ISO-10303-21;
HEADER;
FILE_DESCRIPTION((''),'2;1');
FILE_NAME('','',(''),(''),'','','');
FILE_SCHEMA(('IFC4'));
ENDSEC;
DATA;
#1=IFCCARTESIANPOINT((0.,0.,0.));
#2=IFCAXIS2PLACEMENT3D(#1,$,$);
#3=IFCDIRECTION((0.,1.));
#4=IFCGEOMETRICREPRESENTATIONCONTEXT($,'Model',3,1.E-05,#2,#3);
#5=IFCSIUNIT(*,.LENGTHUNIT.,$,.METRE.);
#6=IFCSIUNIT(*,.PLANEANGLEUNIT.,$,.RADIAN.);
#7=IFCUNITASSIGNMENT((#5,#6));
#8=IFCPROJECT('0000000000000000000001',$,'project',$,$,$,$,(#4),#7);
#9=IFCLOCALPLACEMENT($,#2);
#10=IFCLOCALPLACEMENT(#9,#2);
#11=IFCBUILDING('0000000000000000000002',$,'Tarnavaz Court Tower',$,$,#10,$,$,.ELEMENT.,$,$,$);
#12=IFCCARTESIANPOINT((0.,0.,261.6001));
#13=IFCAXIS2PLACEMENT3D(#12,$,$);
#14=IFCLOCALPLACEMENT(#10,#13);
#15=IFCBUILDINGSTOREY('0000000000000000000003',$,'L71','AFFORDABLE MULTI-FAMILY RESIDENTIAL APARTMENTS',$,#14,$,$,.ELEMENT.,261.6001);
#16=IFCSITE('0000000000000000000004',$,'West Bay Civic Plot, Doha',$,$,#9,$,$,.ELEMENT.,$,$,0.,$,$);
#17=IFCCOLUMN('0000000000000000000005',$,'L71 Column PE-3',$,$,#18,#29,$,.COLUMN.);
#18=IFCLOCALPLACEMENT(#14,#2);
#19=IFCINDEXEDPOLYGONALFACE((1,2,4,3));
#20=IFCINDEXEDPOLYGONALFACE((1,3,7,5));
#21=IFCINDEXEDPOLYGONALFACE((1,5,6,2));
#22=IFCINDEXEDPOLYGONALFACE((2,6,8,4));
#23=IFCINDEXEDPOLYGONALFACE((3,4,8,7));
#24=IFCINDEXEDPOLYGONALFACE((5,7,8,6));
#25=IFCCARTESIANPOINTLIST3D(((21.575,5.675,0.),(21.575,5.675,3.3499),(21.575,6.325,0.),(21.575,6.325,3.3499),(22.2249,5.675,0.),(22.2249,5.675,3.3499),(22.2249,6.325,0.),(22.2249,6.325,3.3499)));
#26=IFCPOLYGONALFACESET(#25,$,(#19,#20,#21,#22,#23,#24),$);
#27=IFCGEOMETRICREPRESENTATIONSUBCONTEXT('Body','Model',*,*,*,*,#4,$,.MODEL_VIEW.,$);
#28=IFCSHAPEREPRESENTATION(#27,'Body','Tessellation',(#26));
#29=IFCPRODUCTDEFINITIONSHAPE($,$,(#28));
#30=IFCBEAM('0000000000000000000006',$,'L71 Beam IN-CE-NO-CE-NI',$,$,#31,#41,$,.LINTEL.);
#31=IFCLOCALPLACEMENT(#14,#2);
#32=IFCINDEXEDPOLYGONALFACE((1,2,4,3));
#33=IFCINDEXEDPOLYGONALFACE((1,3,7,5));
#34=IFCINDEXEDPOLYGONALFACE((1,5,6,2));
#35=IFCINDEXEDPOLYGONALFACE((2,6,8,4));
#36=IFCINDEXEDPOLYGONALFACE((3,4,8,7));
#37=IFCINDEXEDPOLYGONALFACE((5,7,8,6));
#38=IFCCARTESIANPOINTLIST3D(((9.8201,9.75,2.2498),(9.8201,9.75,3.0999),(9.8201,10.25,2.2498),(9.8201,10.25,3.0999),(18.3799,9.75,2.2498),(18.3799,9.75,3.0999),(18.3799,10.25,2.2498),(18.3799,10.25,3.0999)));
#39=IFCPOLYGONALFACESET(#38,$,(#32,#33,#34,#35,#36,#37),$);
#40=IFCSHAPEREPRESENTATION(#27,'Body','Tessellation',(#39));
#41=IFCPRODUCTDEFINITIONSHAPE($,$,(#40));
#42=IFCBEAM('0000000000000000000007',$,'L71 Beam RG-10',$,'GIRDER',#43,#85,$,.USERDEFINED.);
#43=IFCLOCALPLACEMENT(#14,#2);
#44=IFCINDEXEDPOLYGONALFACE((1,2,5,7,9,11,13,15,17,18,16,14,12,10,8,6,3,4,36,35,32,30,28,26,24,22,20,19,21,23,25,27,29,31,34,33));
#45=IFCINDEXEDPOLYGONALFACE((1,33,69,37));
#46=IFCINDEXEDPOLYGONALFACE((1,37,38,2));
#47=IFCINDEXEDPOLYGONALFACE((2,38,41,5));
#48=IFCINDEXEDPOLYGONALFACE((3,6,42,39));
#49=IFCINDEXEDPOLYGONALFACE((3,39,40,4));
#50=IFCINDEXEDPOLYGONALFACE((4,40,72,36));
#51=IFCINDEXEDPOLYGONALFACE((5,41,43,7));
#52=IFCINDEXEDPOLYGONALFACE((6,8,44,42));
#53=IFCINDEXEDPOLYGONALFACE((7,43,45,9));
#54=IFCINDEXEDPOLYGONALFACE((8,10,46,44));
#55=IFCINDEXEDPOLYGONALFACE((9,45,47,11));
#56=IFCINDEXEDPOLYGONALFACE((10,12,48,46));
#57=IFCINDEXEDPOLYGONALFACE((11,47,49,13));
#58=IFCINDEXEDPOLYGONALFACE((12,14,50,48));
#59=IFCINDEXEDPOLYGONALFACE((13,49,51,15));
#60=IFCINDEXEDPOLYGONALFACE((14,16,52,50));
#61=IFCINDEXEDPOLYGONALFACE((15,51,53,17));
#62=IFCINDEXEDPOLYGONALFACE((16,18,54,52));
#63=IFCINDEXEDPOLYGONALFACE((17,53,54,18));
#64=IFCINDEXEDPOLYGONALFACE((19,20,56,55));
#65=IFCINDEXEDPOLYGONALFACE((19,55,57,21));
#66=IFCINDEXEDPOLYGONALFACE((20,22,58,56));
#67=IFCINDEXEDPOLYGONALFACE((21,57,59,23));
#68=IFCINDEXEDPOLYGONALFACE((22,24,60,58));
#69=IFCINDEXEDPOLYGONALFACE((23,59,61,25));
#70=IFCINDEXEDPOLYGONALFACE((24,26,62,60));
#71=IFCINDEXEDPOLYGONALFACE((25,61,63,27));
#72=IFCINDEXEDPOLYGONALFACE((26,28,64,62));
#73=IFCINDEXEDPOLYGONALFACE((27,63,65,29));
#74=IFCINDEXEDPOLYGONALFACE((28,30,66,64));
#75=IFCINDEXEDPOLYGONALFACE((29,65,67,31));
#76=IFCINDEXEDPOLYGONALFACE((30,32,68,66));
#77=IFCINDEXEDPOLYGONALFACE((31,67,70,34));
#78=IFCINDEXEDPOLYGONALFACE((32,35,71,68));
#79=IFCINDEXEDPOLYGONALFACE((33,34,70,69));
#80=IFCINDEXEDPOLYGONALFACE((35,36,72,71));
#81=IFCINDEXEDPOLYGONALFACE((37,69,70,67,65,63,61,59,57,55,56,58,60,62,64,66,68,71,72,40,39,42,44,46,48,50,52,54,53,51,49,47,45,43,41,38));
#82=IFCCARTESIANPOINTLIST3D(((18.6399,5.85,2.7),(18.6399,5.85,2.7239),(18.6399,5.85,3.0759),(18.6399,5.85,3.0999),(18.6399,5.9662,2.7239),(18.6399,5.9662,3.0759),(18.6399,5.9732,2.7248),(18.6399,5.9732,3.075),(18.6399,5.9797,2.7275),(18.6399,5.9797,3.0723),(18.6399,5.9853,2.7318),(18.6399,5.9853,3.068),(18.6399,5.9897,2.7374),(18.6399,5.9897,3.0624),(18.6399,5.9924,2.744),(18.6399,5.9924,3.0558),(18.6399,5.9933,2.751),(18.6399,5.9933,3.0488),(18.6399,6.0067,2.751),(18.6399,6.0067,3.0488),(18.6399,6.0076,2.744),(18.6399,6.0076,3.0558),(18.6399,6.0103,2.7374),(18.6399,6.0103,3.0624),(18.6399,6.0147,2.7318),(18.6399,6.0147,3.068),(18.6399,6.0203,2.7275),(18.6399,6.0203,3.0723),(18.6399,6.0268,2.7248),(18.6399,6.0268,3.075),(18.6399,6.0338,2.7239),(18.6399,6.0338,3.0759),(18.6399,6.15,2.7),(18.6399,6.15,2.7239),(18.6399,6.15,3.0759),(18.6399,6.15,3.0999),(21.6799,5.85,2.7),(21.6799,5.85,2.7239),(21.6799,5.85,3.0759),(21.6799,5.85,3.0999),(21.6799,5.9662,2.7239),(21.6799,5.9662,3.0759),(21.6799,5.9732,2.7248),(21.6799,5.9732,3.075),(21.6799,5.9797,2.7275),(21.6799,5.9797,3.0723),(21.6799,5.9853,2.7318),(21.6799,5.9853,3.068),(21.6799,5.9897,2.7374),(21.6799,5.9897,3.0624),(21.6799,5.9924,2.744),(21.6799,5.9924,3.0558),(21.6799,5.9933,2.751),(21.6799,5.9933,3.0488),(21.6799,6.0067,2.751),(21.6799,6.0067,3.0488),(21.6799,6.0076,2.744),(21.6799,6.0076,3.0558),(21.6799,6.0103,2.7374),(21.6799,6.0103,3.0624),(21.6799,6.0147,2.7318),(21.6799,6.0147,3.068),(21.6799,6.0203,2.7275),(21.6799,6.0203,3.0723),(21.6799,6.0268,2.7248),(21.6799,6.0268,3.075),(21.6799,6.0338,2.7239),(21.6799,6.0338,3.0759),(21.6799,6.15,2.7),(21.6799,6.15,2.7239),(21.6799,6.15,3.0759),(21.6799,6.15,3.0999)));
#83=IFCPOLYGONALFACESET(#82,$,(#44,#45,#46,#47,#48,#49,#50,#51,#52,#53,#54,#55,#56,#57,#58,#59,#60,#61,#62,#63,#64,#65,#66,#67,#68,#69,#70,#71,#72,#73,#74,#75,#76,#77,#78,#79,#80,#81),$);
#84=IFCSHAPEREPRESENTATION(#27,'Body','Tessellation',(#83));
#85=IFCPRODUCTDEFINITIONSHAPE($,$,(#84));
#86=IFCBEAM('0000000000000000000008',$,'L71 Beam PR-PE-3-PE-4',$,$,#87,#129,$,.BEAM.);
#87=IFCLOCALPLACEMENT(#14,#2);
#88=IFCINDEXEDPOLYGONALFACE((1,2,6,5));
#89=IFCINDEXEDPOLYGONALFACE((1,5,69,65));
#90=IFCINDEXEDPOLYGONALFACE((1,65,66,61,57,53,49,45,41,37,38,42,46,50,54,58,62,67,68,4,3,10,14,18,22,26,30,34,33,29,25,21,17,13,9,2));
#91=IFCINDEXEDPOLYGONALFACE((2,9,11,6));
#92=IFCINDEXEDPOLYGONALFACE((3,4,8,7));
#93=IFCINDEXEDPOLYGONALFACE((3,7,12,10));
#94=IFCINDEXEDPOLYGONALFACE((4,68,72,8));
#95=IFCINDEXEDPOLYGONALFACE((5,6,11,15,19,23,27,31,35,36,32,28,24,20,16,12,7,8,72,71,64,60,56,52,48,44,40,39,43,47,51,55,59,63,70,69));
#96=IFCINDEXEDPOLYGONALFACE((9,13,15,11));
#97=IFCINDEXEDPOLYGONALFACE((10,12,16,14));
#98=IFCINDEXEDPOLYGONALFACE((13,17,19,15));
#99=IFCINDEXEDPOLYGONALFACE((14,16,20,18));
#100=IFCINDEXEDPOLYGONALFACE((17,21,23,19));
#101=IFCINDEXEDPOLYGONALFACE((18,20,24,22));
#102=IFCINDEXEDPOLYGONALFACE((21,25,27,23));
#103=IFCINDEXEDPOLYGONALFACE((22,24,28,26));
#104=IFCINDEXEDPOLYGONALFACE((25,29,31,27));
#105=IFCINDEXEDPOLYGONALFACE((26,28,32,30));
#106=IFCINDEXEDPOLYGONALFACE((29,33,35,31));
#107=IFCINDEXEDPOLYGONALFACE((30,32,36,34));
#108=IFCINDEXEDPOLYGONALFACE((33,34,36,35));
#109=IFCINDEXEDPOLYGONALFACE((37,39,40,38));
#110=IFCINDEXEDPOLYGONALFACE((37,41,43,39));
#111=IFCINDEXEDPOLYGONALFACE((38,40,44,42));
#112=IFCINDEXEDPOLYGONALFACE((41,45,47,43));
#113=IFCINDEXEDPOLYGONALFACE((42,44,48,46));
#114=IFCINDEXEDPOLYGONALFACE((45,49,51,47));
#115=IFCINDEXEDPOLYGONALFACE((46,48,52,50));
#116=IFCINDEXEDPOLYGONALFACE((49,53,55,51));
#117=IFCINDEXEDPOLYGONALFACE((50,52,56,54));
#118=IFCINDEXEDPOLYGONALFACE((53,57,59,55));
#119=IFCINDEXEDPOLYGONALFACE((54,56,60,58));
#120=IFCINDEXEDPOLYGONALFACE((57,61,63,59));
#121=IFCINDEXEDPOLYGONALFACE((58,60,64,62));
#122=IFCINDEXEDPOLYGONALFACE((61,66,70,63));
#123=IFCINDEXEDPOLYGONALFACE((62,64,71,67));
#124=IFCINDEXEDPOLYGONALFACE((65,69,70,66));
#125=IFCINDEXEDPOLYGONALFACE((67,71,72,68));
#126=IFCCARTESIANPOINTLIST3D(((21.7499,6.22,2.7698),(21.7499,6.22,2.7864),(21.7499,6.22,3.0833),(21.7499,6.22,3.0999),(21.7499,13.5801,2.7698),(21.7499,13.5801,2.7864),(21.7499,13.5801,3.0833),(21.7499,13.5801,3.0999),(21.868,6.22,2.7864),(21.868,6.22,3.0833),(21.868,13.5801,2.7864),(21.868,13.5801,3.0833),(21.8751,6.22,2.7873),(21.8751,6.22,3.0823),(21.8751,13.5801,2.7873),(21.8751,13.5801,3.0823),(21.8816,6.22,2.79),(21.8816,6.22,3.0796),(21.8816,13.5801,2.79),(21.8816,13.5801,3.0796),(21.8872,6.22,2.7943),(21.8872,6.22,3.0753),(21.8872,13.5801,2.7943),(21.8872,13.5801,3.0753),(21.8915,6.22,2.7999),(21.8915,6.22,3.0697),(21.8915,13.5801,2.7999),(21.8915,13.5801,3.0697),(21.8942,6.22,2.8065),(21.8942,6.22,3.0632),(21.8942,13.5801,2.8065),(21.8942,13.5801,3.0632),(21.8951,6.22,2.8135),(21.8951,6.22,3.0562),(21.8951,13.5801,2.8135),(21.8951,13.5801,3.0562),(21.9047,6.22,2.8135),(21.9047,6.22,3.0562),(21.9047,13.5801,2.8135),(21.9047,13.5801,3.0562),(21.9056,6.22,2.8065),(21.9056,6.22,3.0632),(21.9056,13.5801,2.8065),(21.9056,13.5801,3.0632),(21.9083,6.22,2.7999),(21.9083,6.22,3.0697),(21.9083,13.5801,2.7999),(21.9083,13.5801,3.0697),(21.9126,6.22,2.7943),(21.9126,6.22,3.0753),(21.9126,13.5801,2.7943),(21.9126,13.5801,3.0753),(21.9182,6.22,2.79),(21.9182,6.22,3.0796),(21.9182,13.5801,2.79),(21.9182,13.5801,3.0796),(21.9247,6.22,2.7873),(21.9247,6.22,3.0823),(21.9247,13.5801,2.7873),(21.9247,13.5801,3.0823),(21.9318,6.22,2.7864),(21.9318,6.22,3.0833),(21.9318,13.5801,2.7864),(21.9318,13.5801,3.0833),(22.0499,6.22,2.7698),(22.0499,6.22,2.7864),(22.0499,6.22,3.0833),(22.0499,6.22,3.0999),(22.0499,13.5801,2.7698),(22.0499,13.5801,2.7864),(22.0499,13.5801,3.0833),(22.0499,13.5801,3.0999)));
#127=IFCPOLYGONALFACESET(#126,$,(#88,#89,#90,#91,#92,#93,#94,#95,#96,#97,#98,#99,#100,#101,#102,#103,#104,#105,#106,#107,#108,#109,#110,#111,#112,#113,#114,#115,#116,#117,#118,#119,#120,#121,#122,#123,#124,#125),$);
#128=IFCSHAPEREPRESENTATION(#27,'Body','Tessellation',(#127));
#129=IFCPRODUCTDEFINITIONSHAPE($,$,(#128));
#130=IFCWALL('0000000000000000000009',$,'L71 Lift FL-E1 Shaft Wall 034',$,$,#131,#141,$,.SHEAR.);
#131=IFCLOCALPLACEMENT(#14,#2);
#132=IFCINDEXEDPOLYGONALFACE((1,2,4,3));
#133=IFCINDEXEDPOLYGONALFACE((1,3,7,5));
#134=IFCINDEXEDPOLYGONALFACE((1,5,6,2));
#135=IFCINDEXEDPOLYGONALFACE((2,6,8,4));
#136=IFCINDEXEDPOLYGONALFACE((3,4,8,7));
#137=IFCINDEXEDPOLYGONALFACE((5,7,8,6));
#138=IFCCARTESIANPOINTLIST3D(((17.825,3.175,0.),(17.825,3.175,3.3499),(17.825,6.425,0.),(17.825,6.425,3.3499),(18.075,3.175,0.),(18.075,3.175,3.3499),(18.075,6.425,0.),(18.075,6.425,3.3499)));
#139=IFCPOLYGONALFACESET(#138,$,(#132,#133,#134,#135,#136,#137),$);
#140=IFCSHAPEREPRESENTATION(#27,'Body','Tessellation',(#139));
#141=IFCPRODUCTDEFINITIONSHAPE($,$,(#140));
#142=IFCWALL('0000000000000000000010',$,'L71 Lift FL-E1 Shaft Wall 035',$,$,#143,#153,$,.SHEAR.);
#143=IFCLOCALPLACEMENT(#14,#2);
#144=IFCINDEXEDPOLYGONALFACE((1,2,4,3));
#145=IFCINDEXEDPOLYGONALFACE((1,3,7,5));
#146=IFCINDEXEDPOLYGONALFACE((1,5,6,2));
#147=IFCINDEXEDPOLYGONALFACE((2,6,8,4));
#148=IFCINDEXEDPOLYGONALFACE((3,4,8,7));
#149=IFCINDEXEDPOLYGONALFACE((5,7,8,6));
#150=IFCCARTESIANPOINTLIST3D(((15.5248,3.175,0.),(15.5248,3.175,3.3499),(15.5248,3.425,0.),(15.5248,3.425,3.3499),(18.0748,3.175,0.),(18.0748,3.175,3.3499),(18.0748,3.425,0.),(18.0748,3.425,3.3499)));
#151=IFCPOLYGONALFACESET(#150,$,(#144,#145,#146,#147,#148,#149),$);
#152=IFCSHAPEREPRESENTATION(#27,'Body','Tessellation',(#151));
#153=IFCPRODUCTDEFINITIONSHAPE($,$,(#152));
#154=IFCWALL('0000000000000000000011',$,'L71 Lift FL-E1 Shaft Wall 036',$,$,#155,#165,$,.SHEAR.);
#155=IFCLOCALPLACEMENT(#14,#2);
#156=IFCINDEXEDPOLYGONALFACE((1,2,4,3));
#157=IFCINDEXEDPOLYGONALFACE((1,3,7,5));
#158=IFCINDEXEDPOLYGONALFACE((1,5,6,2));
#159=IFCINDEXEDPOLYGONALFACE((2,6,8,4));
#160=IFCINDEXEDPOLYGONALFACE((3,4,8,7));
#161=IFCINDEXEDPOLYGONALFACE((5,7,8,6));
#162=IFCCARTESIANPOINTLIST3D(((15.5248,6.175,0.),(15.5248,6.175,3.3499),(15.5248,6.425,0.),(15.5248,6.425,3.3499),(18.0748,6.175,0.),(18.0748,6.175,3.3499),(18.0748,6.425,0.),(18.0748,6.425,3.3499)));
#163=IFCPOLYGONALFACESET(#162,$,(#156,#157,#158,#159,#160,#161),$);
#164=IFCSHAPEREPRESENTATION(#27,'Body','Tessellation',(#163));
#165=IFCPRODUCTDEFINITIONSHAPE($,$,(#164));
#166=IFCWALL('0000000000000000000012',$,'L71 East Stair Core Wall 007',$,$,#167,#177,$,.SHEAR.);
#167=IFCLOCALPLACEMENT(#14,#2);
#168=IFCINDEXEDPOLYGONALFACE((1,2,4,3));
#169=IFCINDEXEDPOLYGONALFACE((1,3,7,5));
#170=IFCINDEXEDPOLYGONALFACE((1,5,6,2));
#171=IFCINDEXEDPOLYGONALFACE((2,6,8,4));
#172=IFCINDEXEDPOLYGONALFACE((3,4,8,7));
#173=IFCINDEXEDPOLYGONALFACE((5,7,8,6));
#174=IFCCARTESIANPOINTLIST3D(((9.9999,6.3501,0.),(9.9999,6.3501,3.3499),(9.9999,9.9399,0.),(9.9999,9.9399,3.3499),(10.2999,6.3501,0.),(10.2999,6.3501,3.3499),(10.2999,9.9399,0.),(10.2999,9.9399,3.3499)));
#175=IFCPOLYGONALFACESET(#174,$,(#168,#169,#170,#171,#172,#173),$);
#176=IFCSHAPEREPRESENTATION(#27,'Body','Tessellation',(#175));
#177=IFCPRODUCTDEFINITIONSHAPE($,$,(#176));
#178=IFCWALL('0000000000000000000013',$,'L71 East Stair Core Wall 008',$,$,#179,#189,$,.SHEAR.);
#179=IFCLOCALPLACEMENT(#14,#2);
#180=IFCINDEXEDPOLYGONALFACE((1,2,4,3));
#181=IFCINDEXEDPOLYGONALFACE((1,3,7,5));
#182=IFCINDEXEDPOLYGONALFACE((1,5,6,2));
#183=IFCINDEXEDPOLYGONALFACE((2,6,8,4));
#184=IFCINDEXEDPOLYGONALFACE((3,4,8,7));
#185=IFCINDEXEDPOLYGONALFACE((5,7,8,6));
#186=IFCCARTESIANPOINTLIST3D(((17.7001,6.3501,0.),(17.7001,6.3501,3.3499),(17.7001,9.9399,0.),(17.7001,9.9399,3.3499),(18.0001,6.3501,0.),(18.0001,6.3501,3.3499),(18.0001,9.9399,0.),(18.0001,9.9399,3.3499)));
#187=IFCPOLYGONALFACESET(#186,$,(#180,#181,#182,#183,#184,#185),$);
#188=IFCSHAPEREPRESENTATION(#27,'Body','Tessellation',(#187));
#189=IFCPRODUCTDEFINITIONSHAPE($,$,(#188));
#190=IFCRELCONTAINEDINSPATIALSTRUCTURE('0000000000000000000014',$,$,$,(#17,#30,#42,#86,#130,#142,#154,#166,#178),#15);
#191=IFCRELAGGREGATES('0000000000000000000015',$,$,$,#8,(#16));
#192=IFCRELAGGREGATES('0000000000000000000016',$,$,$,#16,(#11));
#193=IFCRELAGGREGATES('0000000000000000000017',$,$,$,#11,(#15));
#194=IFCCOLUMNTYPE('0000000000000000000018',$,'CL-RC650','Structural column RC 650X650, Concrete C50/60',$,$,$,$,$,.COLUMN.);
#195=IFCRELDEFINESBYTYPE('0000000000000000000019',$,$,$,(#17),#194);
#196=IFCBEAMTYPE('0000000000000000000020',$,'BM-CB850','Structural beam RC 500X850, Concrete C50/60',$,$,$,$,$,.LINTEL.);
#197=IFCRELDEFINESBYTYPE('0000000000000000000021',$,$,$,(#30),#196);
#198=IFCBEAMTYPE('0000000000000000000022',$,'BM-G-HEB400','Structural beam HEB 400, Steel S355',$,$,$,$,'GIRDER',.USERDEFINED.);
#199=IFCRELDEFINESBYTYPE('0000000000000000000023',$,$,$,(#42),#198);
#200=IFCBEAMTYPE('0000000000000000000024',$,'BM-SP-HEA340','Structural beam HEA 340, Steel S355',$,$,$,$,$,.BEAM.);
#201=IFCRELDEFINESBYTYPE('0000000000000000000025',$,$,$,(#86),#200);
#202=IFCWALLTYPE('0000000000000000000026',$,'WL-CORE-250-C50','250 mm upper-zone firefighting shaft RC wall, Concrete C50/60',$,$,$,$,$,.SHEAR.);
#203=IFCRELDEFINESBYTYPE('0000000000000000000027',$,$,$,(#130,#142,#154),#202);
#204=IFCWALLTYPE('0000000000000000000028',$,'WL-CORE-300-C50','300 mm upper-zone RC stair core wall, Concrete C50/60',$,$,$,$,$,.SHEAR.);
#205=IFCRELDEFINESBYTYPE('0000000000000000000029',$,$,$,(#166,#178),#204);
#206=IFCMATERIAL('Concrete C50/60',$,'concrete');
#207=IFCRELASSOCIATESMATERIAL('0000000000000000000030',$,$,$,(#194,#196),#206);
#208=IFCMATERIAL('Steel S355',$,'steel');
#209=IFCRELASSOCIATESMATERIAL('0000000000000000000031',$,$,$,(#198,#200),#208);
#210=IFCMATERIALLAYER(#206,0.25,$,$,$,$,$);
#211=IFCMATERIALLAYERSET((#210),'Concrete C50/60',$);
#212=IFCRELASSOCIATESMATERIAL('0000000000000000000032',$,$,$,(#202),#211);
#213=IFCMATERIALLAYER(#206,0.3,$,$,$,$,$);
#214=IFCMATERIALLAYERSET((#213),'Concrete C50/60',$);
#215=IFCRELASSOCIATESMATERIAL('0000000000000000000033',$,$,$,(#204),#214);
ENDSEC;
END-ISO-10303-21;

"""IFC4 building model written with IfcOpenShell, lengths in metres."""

from ifc_helpers import new_model, si_unit, direction, frame, frame_2d, origin, origin_2d, place, context, subcontext, project, spatial, rectangle, i_section, extrude, material, layer, layer_set, material_profile, profile_set, type_object, element, save


model = new_model("IFC4")

# Units and contexts
model_context = context("Model", 3, precision=1e-05, world=origin(), true_north=direction((0.0, 1.0)))
body_context = subcontext(model_context, "Body", "Model", "MODEL_VIEW")
ifc_project = project(units=[si_unit("LENGTHUNIT", "METRE"), si_unit("PLANEANGLEUNIT", "RADIAN")], contexts=[model_context])

# Site, building, storey
site_placement = place(None, origin())
site = spatial("IfcSite", under=ifc_project, at=site_placement, Name="West Bay Civic Plot, Doha", CompositionType="ELEMENT", RefElevation=0.0)
building_placement = place(site_placement, origin())
building = spatial("IfcBuilding", under=site, at=building_placement, Name="Tarnavaz Court Tower", CompositionType="ELEMENT")
storey_placement = place(building_placement, frame((0.0, 0.0, 261.6001)))
storey = spatial("IfcBuildingStorey", under=building, at=storey_placement, Name="L71", Description="AFFORDABLE MULTI-FAMILY RESIDENTIAL APARTMENTS", CompositionType="ELEMENT", Elevation=261.6001)

# Column
ifc_material_1 = material(Name="Concrete C50/60", Category="concrete")
ifc_material_profile_1 = material_profile(ifc_material_1, rectangle(XDim=0.6499, YDim=0.6499, at=origin_2d()), Name="RC 650X650")
ifc_profile_set_1 = profile_set([ifc_material_profile_1], Name="Concrete C50/60")
column_type = type_object("IfcColumnType", Name="CL-RC650", Description="Structural column RC 650X650, Concrete C50/60", PredefinedType="COLUMN", material=ifc_profile_set_1)
column_placement = place(storey_placement, frame((21.8999, 6.0, 0.0), z_axis=(0.0, 0.0, 1.0), x_axis=(1.0, 0.0, 0.0)))
element("IfcColumn", 1, at=column_placement, inside=storey, type_object=column_type, Name="L71 Column PE-3", PredefinedType="COLUMN", context=body_context, shape_type="SweptSolid", body=[
    extrude(rectangle(XDim=0.6499, YDim=0.6499, at=origin_2d()), origin(), (0.0, 0.0, 1.0), 3.3499),
])

# Beams
ifc_material_profile_2 = material_profile(ifc_material_1, rectangle(XDim=0.5, YDim=0.8501, at=origin_2d()), Name="RC 500X850")
ifc_profile_set_2 = profile_set([ifc_material_profile_2], Name="Concrete C50/60")
beam_type_1 = type_object("IfcBeamType", Name="BM-CB850", Description="Structural beam RC 500X850, Concrete C50/60", PredefinedType="LINTEL", material=ifc_profile_set_2)
beam_1_placement = place(storey_placement, frame((18.3799, 10.0, 2.6748), z_axis=(-1.0, 0.0, 0.0), x_axis=(0.0, -1.0, 0.0)))
element("IfcBeam", 2, at=beam_1_placement, inside=storey, type_object=beam_type_1, Name="L71 Beam IN-CE-NO-CE-NI", PredefinedType="LINTEL", context=body_context, shape_type="SweptSolid", body=[
    extrude(rectangle(XDim=0.5, YDim=0.8501, at=origin_2d()), origin(), (0.0, 0.0, 1.0), 8.5598),
])
ifc_material_2 = material(Name="Steel S355", Category="steel")
ifc_material_profile_3 = material_profile(ifc_material_2, i_section(OverallWidth=0.3, OverallDepth=0.3999, WebThickness=0.0134, FlangeThickness=0.0239, FilletRadius=0.0271, at=origin_2d()), Name="HEB 400")
ifc_profile_set_3 = profile_set([ifc_material_profile_3], Name="Steel S355")
beam_type_2 = type_object("IfcBeamType", Name="BM-G-HEB400", Description="Structural beam HEB 400, Steel S355", ElementType="GIRDER", PredefinedType="USERDEFINED", material=ifc_profile_set_3)
beam_2_placement = place(storey_placement, frame((18.6399, 6.0, 2.8999), z_axis=(1.0, 0.0, 0.0), x_axis=(0.0, 1.0, 0.0)))
element("IfcBeam", 3, at=beam_2_placement, inside=storey, type_object=beam_type_2, Name="L71 Beam RG-10", ObjectType="GIRDER", PredefinedType="USERDEFINED", context=body_context, shape_type="SweptSolid", body=[
    extrude(i_section(OverallWidth=0.3, OverallDepth=0.3999, WebThickness=0.0134, FlangeThickness=0.0239, FilletRadius=0.0271, at=origin_2d()), origin(), (0.0, 0.0, 1.0), 3.04),
])
ifc_material_profile_4 = material_profile(ifc_material_2, i_section(OverallWidth=0.3, OverallDepth=0.3301, WebThickness=0.0095, FlangeThickness=0.0166, FilletRadius=0.0271, at=origin_2d()), Name="HEA 340")
ifc_profile_set_4 = profile_set([ifc_material_profile_4], Name="Steel S355")
beam_type_3 = type_object("IfcBeamType", Name="BM-SP-HEA340", Description="Structural beam HEA 340, Steel S355", PredefinedType="BEAM", material=ifc_profile_set_4)
beam_3_placement = place(storey_placement, frame((21.8999, 6.22, 2.9348), z_axis=(0.0, 1.0, 0.0), x_axis=(-1.0, 0.0, 0.0)))
element("IfcBeam", 4, at=beam_3_placement, inside=storey, type_object=beam_type_3, Name="L71 Beam PR-PE-3-PE-4", PredefinedType="BEAM", context=body_context, shape_type="SweptSolid", body=[
    extrude(i_section(OverallWidth=0.3, OverallDepth=0.3301, WebThickness=0.0095, FlangeThickness=0.0166, FilletRadius=0.0271, at=origin_2d()), origin(), (0.0, 0.0, 1.0), 7.3601),
])

# Shared definitions
ifc_layer_1 = layer(ifc_material_1, 0.25)
ifc_layer_set_1 = layer_set([ifc_layer_1], Name="Concrete C50/60")
wall_type_1 = type_object("IfcWallType", Name="WL-CORE-250-C50", Description="250 mm upper-zone firefighting shaft RC wall, Concrete C50/60", PredefinedType="SHEAR", material=ifc_layer_set_1)

# Walls
wall_1_placement = place(storey_placement, frame((17.95, 3.175, 0.0), z_axis=(0.0, 0.0, 1.0), x_axis=(0.0, 1.0, 0.0)))
element("IfcWall", 5, at=wall_1_placement, inside=storey, type_object=wall_type_1, Name="L71 Lift FL-E1 Shaft Wall 034", PredefinedType="SHEAR", context=body_context, shape_type="SweptSolid", body=[
    extrude(rectangle(XDim=3.25, YDim=0.25, at=frame_2d((1.625, 0.0))), origin(), (0.0, 0.0, 1.0), 3.3499),
])
for number, where, z_axis, x_axis, name in (
    (6, (15.5249, 3.3, 0.0), (0.0, 0.0, 1.0), (1.0, 0.0, 0.0), "L71 Lift FL-E1 Shaft Wall 035"),
    (7, (15.5249, 6.3, 0.0), (0.0, 0.0, 1.0), (1.0, 0.0, 0.0), "L71 Lift FL-E1 Shaft Wall 036"),
):
    element("IfcWall", number, at=place(storey_placement, frame(where, z_axis=z_axis, x_axis=x_axis)), inside=storey, type_object=wall_type_1, Name=name, PredefinedType="SHEAR", context=body_context, shape_type="SweptSolid", body=[
        extrude(rectangle(XDim=2.55, YDim=0.25, at=frame_2d((1.2749, 0.0))), origin(), (0.0, 0.0, 1.0), 3.3499),
    ])
ifc_layer_2 = layer(ifc_material_1, 0.3)
ifc_layer_set_2 = layer_set([ifc_layer_2], Name="Concrete C50/60")
wall_type_2 = type_object("IfcWallType", Name="WL-CORE-300-C50", Description="300 mm upper-zone RC stair core wall, Concrete C50/60", PredefinedType="SHEAR", material=ifc_layer_set_2)
for number, where, z_axis, x_axis, name in (
    (8, (10.1499, 6.3501, 0.0), (0.0, 0.0, 1.0), (0.0, 1.0, 0.0), "L71 East Stair Core Wall 007"),
    (9, (17.8501, 6.3501, 0.0), (0.0, 0.0, 1.0), (0.0, 1.0, 0.0), "L71 East Stair Core Wall 008"),
):
    element("IfcWall", number, at=place(storey_placement, frame(where, z_axis=z_axis, x_axis=x_axis)), inside=storey, type_object=wall_type_2, Name=name, PredefinedType="SHEAR", context=body_context, shape_type="SweptSolid", body=[
        extrude(rectangle(XDim=3.5898, YDim=0.3, at=frame_2d((1.7949, 0.0))), origin(), (0.0, 0.0, 1.0), 3.3499),
    ])

save(model, "model.ifc")
